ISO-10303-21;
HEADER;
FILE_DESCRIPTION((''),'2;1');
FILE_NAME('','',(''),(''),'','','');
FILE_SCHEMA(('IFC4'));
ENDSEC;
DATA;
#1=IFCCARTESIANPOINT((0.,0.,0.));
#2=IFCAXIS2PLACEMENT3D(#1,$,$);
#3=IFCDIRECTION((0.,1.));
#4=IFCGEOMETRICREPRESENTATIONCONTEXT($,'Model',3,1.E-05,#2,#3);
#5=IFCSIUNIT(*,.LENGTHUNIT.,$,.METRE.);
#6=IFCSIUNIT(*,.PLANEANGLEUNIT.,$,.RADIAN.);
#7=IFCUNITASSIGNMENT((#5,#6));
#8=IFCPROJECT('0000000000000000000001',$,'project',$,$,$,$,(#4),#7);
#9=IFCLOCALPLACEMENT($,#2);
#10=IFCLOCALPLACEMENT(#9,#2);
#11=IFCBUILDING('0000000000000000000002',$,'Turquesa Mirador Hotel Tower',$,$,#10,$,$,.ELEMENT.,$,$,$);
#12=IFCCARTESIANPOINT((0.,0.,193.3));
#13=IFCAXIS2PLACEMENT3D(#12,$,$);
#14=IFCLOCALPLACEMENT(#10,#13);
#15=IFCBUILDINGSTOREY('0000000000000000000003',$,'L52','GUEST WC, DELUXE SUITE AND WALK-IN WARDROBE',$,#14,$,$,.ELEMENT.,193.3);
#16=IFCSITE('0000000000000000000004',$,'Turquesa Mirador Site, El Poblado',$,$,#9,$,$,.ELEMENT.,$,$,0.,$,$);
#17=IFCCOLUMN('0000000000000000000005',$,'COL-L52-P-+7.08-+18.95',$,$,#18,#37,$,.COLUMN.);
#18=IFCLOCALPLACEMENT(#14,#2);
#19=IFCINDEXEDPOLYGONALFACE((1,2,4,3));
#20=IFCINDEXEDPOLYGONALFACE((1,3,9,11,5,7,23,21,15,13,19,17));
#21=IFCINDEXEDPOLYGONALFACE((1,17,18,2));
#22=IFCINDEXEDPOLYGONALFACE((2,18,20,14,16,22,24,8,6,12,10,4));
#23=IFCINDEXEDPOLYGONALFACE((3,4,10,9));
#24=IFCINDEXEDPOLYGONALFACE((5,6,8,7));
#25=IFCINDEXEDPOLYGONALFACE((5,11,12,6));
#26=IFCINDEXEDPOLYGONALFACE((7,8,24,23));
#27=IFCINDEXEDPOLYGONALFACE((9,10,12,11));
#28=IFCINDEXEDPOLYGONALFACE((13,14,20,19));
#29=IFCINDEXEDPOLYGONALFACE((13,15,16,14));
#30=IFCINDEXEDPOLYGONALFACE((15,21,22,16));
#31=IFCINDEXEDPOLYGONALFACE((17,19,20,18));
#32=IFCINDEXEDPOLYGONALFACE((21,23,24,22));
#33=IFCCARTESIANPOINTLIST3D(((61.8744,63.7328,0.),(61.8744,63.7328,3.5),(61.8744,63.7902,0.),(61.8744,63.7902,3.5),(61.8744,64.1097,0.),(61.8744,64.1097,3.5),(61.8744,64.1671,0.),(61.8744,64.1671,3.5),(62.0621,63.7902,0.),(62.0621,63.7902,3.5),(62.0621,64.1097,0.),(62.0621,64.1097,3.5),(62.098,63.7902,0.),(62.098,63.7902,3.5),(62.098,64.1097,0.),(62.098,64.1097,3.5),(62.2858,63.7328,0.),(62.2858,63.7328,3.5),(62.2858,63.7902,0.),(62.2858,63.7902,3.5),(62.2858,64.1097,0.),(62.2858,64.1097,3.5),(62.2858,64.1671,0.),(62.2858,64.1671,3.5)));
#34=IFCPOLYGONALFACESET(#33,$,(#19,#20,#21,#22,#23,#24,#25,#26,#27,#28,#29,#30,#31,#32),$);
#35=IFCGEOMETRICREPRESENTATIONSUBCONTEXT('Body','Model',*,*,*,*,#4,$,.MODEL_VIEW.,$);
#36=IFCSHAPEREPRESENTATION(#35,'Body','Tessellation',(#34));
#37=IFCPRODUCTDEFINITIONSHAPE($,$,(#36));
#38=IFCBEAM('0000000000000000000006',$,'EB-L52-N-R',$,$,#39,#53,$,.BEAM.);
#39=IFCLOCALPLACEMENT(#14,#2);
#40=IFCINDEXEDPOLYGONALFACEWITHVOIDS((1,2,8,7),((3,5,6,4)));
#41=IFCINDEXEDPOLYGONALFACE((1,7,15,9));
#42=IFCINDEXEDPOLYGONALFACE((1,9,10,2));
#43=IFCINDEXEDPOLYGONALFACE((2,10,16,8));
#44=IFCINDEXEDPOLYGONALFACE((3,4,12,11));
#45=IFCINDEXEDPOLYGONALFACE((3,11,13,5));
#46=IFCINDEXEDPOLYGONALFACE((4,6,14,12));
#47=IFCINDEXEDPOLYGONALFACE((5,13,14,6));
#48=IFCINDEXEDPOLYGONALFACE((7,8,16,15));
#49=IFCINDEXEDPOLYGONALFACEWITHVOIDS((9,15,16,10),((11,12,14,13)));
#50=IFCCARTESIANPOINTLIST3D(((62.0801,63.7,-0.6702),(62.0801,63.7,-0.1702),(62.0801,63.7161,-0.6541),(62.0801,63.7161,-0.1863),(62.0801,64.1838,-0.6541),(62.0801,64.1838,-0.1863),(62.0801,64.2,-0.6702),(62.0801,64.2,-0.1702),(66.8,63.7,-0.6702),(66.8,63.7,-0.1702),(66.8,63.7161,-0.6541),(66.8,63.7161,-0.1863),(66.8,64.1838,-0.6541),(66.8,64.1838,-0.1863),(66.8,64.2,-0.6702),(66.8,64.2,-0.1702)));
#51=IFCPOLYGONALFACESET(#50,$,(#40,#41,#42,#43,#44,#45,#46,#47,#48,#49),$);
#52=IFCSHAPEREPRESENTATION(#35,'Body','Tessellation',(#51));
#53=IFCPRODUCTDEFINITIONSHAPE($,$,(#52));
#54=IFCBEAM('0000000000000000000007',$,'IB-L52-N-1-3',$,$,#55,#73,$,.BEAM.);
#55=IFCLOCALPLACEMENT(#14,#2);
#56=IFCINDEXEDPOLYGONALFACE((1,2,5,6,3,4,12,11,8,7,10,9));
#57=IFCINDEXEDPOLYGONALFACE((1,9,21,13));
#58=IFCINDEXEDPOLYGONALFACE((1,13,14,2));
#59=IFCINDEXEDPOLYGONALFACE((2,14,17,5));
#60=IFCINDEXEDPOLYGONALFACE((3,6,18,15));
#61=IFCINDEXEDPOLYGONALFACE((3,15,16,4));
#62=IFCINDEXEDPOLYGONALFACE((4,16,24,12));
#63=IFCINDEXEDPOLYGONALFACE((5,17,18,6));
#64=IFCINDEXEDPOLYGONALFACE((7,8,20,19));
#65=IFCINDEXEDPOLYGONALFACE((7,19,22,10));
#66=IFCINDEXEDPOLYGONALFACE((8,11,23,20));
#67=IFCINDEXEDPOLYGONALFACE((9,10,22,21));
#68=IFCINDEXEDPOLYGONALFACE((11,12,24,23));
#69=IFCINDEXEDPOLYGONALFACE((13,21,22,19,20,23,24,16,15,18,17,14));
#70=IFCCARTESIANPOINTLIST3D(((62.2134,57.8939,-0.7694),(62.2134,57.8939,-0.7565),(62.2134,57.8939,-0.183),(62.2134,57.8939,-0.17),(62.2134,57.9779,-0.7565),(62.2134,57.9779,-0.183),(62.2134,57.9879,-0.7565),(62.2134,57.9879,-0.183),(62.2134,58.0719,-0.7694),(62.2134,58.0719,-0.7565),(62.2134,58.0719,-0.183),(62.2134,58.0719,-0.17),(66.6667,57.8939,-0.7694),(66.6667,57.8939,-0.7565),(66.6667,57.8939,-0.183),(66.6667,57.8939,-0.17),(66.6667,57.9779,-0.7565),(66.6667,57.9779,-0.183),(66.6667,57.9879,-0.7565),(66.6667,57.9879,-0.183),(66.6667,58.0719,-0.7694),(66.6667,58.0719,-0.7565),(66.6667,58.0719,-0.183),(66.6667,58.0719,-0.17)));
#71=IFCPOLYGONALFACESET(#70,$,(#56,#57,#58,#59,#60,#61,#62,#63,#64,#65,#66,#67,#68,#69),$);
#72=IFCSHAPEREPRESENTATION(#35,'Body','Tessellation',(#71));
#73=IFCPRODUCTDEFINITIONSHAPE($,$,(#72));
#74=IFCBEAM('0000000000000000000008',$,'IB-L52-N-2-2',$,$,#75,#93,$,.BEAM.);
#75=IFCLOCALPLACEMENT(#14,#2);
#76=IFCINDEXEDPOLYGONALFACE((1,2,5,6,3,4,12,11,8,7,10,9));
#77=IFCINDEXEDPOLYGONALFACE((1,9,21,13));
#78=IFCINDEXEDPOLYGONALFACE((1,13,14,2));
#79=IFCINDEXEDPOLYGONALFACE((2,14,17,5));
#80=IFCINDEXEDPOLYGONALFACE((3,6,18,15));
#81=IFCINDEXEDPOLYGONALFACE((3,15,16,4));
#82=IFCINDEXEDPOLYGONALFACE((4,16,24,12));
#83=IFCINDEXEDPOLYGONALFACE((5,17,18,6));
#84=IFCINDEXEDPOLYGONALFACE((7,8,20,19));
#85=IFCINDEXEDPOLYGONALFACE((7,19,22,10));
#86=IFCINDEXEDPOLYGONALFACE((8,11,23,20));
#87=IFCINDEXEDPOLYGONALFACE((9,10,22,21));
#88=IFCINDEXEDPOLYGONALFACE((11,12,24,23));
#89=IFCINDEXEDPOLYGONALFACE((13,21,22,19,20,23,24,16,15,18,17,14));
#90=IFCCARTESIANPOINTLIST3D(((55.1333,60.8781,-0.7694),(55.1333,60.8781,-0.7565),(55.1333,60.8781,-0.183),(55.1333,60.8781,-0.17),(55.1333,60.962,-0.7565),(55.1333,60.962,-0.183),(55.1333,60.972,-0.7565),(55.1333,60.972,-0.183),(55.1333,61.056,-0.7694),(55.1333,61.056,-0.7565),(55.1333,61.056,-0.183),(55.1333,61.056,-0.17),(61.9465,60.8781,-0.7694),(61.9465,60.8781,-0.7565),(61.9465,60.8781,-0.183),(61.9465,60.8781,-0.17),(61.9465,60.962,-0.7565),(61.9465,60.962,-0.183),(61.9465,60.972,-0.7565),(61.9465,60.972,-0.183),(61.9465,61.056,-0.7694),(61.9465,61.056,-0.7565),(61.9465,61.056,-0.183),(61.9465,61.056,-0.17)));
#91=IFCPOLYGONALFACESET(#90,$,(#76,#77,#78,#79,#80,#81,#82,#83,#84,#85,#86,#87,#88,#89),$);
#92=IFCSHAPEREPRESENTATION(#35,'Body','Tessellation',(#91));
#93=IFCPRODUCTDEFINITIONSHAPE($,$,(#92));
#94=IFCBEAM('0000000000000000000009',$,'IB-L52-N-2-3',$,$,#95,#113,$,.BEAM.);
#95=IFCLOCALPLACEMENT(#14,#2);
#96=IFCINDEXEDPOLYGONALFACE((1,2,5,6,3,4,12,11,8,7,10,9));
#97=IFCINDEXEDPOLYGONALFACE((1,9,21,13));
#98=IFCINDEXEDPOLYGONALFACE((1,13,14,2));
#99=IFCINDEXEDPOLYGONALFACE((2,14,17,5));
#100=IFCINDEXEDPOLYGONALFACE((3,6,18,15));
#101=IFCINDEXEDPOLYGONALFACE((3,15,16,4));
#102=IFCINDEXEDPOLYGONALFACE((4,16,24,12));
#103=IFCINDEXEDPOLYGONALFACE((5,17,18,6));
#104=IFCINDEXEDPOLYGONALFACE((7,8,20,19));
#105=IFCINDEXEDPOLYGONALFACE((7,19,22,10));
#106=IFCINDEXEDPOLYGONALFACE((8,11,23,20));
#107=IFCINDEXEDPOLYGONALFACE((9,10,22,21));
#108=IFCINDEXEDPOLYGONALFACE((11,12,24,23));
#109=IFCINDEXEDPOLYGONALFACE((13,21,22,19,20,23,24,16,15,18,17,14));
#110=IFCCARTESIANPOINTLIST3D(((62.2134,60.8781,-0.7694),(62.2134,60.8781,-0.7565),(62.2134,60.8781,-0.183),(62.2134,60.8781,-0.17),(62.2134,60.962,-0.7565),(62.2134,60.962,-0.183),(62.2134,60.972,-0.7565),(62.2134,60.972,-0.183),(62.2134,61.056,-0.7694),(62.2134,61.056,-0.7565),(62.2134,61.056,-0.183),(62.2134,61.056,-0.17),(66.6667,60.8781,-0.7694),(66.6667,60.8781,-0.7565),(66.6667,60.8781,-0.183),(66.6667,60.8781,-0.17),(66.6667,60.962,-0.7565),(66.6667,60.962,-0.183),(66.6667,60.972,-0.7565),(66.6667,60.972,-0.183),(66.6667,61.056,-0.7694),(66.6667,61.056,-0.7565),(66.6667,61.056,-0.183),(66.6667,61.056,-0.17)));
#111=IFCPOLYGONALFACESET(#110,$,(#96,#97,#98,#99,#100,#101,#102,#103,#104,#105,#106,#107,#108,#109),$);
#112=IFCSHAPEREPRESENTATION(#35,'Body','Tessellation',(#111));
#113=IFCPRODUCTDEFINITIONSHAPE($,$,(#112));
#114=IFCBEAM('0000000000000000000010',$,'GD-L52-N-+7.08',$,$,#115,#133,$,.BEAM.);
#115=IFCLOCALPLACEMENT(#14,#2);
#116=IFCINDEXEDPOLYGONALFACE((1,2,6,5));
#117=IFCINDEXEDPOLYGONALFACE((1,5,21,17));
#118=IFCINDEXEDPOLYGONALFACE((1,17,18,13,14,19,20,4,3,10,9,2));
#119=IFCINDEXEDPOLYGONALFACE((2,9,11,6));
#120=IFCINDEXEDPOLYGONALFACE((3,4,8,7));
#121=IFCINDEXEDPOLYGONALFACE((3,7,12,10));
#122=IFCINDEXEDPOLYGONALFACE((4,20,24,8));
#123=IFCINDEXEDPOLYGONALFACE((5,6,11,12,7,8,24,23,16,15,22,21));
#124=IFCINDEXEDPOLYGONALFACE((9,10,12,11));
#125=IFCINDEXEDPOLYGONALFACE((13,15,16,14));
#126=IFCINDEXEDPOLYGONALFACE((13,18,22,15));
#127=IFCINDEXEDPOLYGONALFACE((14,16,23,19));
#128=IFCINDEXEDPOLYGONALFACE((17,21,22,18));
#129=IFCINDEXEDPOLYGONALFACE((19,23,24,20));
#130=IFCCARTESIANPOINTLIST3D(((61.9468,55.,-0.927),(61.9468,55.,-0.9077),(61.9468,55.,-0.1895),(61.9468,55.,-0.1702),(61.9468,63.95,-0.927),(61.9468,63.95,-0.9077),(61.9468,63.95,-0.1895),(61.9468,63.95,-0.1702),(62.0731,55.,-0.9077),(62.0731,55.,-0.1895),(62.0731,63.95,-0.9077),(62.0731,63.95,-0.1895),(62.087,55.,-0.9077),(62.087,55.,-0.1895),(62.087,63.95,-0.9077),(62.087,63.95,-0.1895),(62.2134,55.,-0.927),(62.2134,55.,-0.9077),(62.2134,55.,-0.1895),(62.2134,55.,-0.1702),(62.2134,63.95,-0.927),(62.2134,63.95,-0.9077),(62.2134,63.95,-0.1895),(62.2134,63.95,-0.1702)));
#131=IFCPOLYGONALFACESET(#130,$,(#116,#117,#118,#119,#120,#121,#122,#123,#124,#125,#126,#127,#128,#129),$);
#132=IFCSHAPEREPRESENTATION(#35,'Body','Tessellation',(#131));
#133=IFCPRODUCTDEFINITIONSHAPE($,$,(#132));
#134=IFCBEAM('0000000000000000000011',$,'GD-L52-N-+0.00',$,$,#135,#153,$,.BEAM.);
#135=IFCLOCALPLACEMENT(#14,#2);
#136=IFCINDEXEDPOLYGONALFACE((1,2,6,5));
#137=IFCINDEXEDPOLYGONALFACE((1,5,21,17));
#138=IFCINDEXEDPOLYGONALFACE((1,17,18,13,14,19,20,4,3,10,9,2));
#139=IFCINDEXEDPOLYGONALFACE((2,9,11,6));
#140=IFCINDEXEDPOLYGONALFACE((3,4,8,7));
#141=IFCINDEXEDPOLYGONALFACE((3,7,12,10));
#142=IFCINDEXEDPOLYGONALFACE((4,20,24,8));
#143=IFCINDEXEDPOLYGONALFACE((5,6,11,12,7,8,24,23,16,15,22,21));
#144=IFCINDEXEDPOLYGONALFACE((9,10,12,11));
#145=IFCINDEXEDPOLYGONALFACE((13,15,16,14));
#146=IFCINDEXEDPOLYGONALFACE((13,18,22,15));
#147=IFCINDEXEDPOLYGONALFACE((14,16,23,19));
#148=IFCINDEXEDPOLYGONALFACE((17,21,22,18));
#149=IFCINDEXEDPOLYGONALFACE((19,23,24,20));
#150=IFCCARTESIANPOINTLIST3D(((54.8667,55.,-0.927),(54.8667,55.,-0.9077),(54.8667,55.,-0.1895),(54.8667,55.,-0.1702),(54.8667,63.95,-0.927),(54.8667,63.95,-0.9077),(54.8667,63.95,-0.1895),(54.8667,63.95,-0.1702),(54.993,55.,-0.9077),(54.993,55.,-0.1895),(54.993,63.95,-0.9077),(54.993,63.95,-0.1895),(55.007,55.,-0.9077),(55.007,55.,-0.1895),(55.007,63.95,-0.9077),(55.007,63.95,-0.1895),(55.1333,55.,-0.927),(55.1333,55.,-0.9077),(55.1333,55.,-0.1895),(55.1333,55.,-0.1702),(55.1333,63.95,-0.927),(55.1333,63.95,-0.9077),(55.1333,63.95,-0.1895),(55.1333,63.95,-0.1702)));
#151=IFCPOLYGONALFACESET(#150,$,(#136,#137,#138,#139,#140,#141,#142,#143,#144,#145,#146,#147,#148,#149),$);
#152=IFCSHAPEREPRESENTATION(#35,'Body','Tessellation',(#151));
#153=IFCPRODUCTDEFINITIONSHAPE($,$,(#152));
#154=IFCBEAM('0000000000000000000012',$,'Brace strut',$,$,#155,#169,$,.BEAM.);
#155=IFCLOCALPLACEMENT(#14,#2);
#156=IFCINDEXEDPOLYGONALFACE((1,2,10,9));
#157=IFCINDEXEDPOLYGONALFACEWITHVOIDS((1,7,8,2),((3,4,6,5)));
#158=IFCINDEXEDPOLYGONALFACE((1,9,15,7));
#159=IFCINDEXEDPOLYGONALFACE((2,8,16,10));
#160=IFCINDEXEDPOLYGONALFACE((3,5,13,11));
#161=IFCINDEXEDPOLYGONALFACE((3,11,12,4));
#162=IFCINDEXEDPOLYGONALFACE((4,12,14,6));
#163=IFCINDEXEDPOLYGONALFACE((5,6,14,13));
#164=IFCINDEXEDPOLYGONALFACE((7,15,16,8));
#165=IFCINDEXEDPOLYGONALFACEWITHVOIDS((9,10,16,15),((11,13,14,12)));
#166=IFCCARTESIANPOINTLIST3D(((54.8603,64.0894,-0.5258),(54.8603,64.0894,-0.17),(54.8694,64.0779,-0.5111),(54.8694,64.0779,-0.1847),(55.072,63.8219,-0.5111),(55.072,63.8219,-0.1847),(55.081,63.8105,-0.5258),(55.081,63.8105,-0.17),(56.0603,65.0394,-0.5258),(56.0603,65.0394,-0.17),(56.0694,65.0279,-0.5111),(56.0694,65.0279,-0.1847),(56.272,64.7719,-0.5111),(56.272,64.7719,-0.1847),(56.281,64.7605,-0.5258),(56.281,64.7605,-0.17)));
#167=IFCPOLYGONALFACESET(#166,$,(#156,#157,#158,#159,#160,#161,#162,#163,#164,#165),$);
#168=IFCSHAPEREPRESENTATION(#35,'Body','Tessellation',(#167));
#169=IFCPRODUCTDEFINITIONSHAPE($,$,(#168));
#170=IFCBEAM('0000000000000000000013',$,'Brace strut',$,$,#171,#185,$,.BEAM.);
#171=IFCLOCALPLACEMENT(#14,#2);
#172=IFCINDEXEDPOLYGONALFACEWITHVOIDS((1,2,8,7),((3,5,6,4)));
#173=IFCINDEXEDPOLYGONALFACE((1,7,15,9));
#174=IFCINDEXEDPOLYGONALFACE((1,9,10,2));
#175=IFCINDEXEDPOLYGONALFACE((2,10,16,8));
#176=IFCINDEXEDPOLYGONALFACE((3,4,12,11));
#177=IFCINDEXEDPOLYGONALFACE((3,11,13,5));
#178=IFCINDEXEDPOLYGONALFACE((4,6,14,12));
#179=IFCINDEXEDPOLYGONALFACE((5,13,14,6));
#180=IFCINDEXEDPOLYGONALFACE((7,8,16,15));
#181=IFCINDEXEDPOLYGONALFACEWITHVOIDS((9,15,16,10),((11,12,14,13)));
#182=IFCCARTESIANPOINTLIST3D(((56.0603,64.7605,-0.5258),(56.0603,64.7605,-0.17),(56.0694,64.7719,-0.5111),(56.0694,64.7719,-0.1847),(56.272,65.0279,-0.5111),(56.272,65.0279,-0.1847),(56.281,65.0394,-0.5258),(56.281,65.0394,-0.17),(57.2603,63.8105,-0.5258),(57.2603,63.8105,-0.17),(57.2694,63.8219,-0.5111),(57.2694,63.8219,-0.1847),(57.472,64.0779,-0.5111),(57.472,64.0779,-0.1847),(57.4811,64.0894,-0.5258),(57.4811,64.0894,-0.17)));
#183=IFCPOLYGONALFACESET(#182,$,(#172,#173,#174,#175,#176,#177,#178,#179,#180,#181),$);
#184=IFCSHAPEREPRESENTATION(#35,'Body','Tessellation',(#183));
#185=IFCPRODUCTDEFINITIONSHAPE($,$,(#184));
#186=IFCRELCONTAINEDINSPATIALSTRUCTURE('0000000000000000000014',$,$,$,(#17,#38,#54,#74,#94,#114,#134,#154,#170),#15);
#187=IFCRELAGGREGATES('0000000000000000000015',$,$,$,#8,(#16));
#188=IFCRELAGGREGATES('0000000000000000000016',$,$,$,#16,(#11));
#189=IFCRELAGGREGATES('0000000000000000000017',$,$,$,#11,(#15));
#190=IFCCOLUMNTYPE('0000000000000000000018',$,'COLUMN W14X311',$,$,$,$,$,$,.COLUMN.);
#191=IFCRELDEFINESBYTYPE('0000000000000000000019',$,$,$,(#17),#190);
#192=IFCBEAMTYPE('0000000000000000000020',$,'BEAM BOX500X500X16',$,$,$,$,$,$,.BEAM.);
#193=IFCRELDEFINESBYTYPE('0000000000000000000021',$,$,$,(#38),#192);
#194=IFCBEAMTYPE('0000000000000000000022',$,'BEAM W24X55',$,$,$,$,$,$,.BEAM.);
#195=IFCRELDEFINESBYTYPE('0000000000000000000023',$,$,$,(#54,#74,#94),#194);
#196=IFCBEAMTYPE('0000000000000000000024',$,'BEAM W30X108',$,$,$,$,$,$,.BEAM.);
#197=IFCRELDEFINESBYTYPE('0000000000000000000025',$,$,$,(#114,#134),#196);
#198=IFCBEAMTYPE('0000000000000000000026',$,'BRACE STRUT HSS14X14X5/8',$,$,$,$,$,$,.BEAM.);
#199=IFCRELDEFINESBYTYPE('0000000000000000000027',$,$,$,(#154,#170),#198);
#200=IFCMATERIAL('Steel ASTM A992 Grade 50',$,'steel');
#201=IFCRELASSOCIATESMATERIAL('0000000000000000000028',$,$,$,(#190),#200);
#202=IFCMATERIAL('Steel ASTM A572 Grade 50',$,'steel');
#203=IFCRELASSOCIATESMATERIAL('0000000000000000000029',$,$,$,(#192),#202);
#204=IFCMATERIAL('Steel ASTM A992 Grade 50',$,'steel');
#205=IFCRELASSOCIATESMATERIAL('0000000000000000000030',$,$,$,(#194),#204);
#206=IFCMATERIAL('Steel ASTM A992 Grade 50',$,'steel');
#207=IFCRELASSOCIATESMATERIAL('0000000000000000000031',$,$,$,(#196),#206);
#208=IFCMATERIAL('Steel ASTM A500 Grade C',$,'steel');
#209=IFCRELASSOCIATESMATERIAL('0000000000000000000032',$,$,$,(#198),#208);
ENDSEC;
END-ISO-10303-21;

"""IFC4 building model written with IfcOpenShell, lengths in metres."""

from ifc_helpers import new_model, si_unit, direction, frame, origin, origin_2d, place, context, subcontext, project, spatial, hollow_rectangle, i_section, extrude, material, material_profile, profile_set, type_object, element, save


model = new_model("IFC4")

# Units and contexts
model_context = context("Model", 3, precision=1e-05, world=origin(), true_north=direction((0.0, 1.0)))
body_context = subcontext(model_context, "Body", "Model", "MODEL_VIEW")
ifc_project = project(units=[si_unit("LENGTHUNIT", "METRE"), si_unit("PLANEANGLEUNIT", "RADIAN")], contexts=[model_context])

# Site, building, storey
site_placement = place(None, origin())
site = spatial("IfcSite", under=ifc_project, at=site_placement, Name="Turquesa Mirador Site, El Poblado", CompositionType="ELEMENT", RefElevation=0.0)
building_placement = place(site_placement, origin())
building = spatial("IfcBuilding", under=site, at=building_placement, Name="Turquesa Mirador Hotel Tower", CompositionType="ELEMENT")
storey_placement = place(building_placement, frame((0.0, 0.0, 193.3)))
storey = spatial("IfcBuildingStorey", under=building, at=storey_placement, Name="L52", Description="GUEST WC, DELUXE SUITE AND WALK-IN WARDROBE", CompositionType="ELEMENT", Elevation=193.3)

# Column
ifc_material_1 = material(Name="Steel ASTM A992 Grade 50", Category="steel")
ifc_material_profile_1 = material_profile(ifc_material_1, i_section(OverallWidth=0.4114, OverallDepth=0.4343, WebThickness=0.0359, FlangeThickness=0.0574, at=origin_2d()), Name="W14X311")
ifc_profile_set_1 = profile_set([ifc_material_profile_1], Name="Steel ASTM A992 Grade 50")
column_type = type_object("IfcColumnType", Name="COLUMN W14X311", PredefinedType="COLUMN", material=ifc_profile_set_1)
column_placement = place(storey_placement, frame((62.0801, 63.95, 0.0), z_axis=(0.0, 0.0, 1.0), x_axis=(1.0, 0.0, 0.0)))
element("IfcColumn", 1, at=column_placement, inside=storey, type_object=column_type, Name="COL-L52-P-+7.08-+18.95", PredefinedType="COLUMN", context=body_context, shape_type="SweptSolid", body=[
    extrude(i_section(OverallWidth=0.4114, OverallDepth=0.4343, WebThickness=0.0359, FlangeThickness=0.0574, at=origin_2d()), origin(), (0.0, 0.0, 1.0), 3.5),
])

# Beams
ifc_material_2 = material(Name="Steel ASTM A572 Grade 50", Category="steel")
ifc_material_profile_2 = material_profile(ifc_material_2, hollow_rectangle(XDim=0.5, YDim=0.5, WallThickness=0.0161, at=origin_2d()), Name="BOX500X500X16")
ifc_profile_set_2 = profile_set([ifc_material_profile_2], Name="Steel ASTM A572 Grade 50")
beam_type_1 = type_object("IfcBeamType", Name="BEAM BOX500X500X16", PredefinedType="BEAM", material=ifc_profile_set_2)
beam_1_placement = place(storey_placement, frame((62.0801, 63.95, -0.4202), z_axis=(1.0, 0.0, 0.0), x_axis=(0.0, 1.0, 0.0)))
element("IfcBeam", 2, at=beam_1_placement, inside=storey, type_object=beam_type_1, Name="EB-L52-N-R", PredefinedType="BEAM", context=body_context, shape_type="SweptSolid", body=[
    extrude(hollow_rectangle(XDim=0.5, YDim=0.5, WallThickness=0.0161, at=origin_2d()), origin(), (0.0, 0.0, 1.0), 4.72),
])
ifc_material_3 = material(Name="Steel ASTM A992 Grade 50", Category="steel")
ifc_material_profile_3 = material_profile(ifc_material_3, i_section(OverallWidth=0.178, OverallDepth=0.5994, WebThickness=0.01, FlangeThickness=0.0129, at=origin_2d()), Name="W24X55")
ifc_profile_set_3 = profile_set([ifc_material_profile_3], Name="Steel ASTM A992 Grade 50")
beam_type_2 = type_object("IfcBeamType", Name="BEAM W24X55", PredefinedType="BEAM", material=ifc_profile_set_3)
beam_2_placement = place(storey_placement, frame((62.2134, 57.9829, -0.4697), z_axis=(1.0, 0.0, 0.0), x_axis=(0.0, 1.0, 0.0)))
element("IfcBeam", 3, at=beam_2_placement, inside=storey, type_object=beam_type_2, Name="IB-L52-N-1-3", PredefinedType="BEAM", context=body_context, shape_type="SweptSolid", body=[
    extrude(i_section(OverallWidth=0.178, OverallDepth=0.5994, WebThickness=0.01, FlangeThickness=0.0129, at=origin_2d()), origin(), (0.0, 0.0, 1.0), 4.4534),
])
beam_3_placement = place(storey_placement, frame((55.1333, 60.967, -0.4697), z_axis=(1.0, 0.0, 0.0), x_axis=(0.0, 1.0, 0.0)))
element("IfcBeam", 4, at=beam_3_placement, inside=storey, type_object=beam_type_2, Name="IB-L52-N-2-2", PredefinedType="BEAM", context=body_context, shape_type="SweptSolid", body=[
    extrude(i_section(OverallWidth=0.178, OverallDepth=0.5994, WebThickness=0.01, FlangeThickness=0.0129, at=origin_2d()), origin(), (0.0, 0.0, 1.0), 6.8132),
])
beam_4_placement = place(storey_placement, frame((62.2134, 60.967, -0.4697), z_axis=(1.0, 0.0, 0.0), x_axis=(0.0, 1.0, 0.0)))
element("IfcBeam", 5, at=beam_4_placement, inside=storey, type_object=beam_type_2, Name="IB-L52-N-2-3", PredefinedType="BEAM", context=body_context, shape_type="SweptSolid", body=[
    extrude(i_section(OverallWidth=0.178, OverallDepth=0.5994, WebThickness=0.01, FlangeThickness=0.0129, at=origin_2d()), origin(), (0.0, 0.0, 1.0), 4.4534),
])
ifc_material_4 = material(Name="Steel ASTM A992 Grade 50", Category="steel")
ifc_material_profile_4 = material_profile(ifc_material_4, i_section(OverallWidth=0.2666, OverallDepth=0.7568, WebThickness=0.0139, FlangeThickness=0.0193, at=origin_2d()), Name="W30X108")
ifc_profile_set_4 = profile_set([ifc_material_profile_4], Name="Steel ASTM A992 Grade 50")
beam_type_3 = type_object("IfcBeamType", Name="BEAM W30X108", PredefinedType="BEAM", material=ifc_profile_set_4)
for number, where, z_axis, x_axis, name in (
    (6, (62.0801, 63.95, -0.5486), (0.0, -1.0, 0.0), (1.0, 0.0, 0.0), "GD-L52-N-+7.08"),
    (7, (55.0, 63.95, -0.5486), (0.0, -1.0, 0.0), (1.0, 0.0, 0.0), "GD-L52-N-+0.00"),
):
    element("IfcBeam", number, at=place(storey_placement, frame(where, z_axis=z_axis, x_axis=x_axis)), inside=storey, type_object=beam_type_3, Name=name, PredefinedType="BEAM", context=body_context, shape_type="SweptSolid", body=[
        extrude(i_section(OverallWidth=0.2666, OverallDepth=0.7568, WebThickness=0.0139, FlangeThickness=0.0193, at=origin_2d()), origin(), (0.0, 0.0, 1.0), 8.95),
    ])
ifc_material_5 = material(Name="Steel ASTM A500 Grade C", Category="steel")
ifc_material_profile_5 = material_profile(ifc_material_5, hollow_rectangle(XDim=0.3557, YDim=0.3557, WallThickness=0.0146, at=origin_2d()), Name="HSS14X14X5/8")
ifc_profile_set_5 = profile_set([ifc_material_profile_5], Name="Steel ASTM A500 Grade C")
beam_type_4 = type_object("IfcBeamType", Name="BRACE STRUT HSS14X14X5/8", PredefinedType="BEAM", material=ifc_profile_set_5)
for number, where, z_axis, x_axis, name in (
    (8, (56.1707, 64.8999, -0.3479), (-0.784049, -0.620699, 0.0), (0.620699, -0.784049, 0.0), "Brace strut"),
    (9, (56.1707, 64.8999, -0.3479), (0.784049, -0.620699, 0.0), (0.620699, 0.784049, 0.0), "Brace strut"),
):
    element("IfcBeam", number, at=place(storey_placement, frame(where, z_axis=z_axis, x_axis=x_axis)), inside=storey, type_object=beam_type_4, Name=name, PredefinedType="BEAM", context=body_context, shape_type="SweptSolid", body=[
        extrude(hollow_rectangle(XDim=0.3557, YDim=0.3557, WallThickness=0.0146, at=origin_2d()), origin(), (0.0, 0.0, 1.0), 1.5305),
    ])

save(model, "model.ifc")
